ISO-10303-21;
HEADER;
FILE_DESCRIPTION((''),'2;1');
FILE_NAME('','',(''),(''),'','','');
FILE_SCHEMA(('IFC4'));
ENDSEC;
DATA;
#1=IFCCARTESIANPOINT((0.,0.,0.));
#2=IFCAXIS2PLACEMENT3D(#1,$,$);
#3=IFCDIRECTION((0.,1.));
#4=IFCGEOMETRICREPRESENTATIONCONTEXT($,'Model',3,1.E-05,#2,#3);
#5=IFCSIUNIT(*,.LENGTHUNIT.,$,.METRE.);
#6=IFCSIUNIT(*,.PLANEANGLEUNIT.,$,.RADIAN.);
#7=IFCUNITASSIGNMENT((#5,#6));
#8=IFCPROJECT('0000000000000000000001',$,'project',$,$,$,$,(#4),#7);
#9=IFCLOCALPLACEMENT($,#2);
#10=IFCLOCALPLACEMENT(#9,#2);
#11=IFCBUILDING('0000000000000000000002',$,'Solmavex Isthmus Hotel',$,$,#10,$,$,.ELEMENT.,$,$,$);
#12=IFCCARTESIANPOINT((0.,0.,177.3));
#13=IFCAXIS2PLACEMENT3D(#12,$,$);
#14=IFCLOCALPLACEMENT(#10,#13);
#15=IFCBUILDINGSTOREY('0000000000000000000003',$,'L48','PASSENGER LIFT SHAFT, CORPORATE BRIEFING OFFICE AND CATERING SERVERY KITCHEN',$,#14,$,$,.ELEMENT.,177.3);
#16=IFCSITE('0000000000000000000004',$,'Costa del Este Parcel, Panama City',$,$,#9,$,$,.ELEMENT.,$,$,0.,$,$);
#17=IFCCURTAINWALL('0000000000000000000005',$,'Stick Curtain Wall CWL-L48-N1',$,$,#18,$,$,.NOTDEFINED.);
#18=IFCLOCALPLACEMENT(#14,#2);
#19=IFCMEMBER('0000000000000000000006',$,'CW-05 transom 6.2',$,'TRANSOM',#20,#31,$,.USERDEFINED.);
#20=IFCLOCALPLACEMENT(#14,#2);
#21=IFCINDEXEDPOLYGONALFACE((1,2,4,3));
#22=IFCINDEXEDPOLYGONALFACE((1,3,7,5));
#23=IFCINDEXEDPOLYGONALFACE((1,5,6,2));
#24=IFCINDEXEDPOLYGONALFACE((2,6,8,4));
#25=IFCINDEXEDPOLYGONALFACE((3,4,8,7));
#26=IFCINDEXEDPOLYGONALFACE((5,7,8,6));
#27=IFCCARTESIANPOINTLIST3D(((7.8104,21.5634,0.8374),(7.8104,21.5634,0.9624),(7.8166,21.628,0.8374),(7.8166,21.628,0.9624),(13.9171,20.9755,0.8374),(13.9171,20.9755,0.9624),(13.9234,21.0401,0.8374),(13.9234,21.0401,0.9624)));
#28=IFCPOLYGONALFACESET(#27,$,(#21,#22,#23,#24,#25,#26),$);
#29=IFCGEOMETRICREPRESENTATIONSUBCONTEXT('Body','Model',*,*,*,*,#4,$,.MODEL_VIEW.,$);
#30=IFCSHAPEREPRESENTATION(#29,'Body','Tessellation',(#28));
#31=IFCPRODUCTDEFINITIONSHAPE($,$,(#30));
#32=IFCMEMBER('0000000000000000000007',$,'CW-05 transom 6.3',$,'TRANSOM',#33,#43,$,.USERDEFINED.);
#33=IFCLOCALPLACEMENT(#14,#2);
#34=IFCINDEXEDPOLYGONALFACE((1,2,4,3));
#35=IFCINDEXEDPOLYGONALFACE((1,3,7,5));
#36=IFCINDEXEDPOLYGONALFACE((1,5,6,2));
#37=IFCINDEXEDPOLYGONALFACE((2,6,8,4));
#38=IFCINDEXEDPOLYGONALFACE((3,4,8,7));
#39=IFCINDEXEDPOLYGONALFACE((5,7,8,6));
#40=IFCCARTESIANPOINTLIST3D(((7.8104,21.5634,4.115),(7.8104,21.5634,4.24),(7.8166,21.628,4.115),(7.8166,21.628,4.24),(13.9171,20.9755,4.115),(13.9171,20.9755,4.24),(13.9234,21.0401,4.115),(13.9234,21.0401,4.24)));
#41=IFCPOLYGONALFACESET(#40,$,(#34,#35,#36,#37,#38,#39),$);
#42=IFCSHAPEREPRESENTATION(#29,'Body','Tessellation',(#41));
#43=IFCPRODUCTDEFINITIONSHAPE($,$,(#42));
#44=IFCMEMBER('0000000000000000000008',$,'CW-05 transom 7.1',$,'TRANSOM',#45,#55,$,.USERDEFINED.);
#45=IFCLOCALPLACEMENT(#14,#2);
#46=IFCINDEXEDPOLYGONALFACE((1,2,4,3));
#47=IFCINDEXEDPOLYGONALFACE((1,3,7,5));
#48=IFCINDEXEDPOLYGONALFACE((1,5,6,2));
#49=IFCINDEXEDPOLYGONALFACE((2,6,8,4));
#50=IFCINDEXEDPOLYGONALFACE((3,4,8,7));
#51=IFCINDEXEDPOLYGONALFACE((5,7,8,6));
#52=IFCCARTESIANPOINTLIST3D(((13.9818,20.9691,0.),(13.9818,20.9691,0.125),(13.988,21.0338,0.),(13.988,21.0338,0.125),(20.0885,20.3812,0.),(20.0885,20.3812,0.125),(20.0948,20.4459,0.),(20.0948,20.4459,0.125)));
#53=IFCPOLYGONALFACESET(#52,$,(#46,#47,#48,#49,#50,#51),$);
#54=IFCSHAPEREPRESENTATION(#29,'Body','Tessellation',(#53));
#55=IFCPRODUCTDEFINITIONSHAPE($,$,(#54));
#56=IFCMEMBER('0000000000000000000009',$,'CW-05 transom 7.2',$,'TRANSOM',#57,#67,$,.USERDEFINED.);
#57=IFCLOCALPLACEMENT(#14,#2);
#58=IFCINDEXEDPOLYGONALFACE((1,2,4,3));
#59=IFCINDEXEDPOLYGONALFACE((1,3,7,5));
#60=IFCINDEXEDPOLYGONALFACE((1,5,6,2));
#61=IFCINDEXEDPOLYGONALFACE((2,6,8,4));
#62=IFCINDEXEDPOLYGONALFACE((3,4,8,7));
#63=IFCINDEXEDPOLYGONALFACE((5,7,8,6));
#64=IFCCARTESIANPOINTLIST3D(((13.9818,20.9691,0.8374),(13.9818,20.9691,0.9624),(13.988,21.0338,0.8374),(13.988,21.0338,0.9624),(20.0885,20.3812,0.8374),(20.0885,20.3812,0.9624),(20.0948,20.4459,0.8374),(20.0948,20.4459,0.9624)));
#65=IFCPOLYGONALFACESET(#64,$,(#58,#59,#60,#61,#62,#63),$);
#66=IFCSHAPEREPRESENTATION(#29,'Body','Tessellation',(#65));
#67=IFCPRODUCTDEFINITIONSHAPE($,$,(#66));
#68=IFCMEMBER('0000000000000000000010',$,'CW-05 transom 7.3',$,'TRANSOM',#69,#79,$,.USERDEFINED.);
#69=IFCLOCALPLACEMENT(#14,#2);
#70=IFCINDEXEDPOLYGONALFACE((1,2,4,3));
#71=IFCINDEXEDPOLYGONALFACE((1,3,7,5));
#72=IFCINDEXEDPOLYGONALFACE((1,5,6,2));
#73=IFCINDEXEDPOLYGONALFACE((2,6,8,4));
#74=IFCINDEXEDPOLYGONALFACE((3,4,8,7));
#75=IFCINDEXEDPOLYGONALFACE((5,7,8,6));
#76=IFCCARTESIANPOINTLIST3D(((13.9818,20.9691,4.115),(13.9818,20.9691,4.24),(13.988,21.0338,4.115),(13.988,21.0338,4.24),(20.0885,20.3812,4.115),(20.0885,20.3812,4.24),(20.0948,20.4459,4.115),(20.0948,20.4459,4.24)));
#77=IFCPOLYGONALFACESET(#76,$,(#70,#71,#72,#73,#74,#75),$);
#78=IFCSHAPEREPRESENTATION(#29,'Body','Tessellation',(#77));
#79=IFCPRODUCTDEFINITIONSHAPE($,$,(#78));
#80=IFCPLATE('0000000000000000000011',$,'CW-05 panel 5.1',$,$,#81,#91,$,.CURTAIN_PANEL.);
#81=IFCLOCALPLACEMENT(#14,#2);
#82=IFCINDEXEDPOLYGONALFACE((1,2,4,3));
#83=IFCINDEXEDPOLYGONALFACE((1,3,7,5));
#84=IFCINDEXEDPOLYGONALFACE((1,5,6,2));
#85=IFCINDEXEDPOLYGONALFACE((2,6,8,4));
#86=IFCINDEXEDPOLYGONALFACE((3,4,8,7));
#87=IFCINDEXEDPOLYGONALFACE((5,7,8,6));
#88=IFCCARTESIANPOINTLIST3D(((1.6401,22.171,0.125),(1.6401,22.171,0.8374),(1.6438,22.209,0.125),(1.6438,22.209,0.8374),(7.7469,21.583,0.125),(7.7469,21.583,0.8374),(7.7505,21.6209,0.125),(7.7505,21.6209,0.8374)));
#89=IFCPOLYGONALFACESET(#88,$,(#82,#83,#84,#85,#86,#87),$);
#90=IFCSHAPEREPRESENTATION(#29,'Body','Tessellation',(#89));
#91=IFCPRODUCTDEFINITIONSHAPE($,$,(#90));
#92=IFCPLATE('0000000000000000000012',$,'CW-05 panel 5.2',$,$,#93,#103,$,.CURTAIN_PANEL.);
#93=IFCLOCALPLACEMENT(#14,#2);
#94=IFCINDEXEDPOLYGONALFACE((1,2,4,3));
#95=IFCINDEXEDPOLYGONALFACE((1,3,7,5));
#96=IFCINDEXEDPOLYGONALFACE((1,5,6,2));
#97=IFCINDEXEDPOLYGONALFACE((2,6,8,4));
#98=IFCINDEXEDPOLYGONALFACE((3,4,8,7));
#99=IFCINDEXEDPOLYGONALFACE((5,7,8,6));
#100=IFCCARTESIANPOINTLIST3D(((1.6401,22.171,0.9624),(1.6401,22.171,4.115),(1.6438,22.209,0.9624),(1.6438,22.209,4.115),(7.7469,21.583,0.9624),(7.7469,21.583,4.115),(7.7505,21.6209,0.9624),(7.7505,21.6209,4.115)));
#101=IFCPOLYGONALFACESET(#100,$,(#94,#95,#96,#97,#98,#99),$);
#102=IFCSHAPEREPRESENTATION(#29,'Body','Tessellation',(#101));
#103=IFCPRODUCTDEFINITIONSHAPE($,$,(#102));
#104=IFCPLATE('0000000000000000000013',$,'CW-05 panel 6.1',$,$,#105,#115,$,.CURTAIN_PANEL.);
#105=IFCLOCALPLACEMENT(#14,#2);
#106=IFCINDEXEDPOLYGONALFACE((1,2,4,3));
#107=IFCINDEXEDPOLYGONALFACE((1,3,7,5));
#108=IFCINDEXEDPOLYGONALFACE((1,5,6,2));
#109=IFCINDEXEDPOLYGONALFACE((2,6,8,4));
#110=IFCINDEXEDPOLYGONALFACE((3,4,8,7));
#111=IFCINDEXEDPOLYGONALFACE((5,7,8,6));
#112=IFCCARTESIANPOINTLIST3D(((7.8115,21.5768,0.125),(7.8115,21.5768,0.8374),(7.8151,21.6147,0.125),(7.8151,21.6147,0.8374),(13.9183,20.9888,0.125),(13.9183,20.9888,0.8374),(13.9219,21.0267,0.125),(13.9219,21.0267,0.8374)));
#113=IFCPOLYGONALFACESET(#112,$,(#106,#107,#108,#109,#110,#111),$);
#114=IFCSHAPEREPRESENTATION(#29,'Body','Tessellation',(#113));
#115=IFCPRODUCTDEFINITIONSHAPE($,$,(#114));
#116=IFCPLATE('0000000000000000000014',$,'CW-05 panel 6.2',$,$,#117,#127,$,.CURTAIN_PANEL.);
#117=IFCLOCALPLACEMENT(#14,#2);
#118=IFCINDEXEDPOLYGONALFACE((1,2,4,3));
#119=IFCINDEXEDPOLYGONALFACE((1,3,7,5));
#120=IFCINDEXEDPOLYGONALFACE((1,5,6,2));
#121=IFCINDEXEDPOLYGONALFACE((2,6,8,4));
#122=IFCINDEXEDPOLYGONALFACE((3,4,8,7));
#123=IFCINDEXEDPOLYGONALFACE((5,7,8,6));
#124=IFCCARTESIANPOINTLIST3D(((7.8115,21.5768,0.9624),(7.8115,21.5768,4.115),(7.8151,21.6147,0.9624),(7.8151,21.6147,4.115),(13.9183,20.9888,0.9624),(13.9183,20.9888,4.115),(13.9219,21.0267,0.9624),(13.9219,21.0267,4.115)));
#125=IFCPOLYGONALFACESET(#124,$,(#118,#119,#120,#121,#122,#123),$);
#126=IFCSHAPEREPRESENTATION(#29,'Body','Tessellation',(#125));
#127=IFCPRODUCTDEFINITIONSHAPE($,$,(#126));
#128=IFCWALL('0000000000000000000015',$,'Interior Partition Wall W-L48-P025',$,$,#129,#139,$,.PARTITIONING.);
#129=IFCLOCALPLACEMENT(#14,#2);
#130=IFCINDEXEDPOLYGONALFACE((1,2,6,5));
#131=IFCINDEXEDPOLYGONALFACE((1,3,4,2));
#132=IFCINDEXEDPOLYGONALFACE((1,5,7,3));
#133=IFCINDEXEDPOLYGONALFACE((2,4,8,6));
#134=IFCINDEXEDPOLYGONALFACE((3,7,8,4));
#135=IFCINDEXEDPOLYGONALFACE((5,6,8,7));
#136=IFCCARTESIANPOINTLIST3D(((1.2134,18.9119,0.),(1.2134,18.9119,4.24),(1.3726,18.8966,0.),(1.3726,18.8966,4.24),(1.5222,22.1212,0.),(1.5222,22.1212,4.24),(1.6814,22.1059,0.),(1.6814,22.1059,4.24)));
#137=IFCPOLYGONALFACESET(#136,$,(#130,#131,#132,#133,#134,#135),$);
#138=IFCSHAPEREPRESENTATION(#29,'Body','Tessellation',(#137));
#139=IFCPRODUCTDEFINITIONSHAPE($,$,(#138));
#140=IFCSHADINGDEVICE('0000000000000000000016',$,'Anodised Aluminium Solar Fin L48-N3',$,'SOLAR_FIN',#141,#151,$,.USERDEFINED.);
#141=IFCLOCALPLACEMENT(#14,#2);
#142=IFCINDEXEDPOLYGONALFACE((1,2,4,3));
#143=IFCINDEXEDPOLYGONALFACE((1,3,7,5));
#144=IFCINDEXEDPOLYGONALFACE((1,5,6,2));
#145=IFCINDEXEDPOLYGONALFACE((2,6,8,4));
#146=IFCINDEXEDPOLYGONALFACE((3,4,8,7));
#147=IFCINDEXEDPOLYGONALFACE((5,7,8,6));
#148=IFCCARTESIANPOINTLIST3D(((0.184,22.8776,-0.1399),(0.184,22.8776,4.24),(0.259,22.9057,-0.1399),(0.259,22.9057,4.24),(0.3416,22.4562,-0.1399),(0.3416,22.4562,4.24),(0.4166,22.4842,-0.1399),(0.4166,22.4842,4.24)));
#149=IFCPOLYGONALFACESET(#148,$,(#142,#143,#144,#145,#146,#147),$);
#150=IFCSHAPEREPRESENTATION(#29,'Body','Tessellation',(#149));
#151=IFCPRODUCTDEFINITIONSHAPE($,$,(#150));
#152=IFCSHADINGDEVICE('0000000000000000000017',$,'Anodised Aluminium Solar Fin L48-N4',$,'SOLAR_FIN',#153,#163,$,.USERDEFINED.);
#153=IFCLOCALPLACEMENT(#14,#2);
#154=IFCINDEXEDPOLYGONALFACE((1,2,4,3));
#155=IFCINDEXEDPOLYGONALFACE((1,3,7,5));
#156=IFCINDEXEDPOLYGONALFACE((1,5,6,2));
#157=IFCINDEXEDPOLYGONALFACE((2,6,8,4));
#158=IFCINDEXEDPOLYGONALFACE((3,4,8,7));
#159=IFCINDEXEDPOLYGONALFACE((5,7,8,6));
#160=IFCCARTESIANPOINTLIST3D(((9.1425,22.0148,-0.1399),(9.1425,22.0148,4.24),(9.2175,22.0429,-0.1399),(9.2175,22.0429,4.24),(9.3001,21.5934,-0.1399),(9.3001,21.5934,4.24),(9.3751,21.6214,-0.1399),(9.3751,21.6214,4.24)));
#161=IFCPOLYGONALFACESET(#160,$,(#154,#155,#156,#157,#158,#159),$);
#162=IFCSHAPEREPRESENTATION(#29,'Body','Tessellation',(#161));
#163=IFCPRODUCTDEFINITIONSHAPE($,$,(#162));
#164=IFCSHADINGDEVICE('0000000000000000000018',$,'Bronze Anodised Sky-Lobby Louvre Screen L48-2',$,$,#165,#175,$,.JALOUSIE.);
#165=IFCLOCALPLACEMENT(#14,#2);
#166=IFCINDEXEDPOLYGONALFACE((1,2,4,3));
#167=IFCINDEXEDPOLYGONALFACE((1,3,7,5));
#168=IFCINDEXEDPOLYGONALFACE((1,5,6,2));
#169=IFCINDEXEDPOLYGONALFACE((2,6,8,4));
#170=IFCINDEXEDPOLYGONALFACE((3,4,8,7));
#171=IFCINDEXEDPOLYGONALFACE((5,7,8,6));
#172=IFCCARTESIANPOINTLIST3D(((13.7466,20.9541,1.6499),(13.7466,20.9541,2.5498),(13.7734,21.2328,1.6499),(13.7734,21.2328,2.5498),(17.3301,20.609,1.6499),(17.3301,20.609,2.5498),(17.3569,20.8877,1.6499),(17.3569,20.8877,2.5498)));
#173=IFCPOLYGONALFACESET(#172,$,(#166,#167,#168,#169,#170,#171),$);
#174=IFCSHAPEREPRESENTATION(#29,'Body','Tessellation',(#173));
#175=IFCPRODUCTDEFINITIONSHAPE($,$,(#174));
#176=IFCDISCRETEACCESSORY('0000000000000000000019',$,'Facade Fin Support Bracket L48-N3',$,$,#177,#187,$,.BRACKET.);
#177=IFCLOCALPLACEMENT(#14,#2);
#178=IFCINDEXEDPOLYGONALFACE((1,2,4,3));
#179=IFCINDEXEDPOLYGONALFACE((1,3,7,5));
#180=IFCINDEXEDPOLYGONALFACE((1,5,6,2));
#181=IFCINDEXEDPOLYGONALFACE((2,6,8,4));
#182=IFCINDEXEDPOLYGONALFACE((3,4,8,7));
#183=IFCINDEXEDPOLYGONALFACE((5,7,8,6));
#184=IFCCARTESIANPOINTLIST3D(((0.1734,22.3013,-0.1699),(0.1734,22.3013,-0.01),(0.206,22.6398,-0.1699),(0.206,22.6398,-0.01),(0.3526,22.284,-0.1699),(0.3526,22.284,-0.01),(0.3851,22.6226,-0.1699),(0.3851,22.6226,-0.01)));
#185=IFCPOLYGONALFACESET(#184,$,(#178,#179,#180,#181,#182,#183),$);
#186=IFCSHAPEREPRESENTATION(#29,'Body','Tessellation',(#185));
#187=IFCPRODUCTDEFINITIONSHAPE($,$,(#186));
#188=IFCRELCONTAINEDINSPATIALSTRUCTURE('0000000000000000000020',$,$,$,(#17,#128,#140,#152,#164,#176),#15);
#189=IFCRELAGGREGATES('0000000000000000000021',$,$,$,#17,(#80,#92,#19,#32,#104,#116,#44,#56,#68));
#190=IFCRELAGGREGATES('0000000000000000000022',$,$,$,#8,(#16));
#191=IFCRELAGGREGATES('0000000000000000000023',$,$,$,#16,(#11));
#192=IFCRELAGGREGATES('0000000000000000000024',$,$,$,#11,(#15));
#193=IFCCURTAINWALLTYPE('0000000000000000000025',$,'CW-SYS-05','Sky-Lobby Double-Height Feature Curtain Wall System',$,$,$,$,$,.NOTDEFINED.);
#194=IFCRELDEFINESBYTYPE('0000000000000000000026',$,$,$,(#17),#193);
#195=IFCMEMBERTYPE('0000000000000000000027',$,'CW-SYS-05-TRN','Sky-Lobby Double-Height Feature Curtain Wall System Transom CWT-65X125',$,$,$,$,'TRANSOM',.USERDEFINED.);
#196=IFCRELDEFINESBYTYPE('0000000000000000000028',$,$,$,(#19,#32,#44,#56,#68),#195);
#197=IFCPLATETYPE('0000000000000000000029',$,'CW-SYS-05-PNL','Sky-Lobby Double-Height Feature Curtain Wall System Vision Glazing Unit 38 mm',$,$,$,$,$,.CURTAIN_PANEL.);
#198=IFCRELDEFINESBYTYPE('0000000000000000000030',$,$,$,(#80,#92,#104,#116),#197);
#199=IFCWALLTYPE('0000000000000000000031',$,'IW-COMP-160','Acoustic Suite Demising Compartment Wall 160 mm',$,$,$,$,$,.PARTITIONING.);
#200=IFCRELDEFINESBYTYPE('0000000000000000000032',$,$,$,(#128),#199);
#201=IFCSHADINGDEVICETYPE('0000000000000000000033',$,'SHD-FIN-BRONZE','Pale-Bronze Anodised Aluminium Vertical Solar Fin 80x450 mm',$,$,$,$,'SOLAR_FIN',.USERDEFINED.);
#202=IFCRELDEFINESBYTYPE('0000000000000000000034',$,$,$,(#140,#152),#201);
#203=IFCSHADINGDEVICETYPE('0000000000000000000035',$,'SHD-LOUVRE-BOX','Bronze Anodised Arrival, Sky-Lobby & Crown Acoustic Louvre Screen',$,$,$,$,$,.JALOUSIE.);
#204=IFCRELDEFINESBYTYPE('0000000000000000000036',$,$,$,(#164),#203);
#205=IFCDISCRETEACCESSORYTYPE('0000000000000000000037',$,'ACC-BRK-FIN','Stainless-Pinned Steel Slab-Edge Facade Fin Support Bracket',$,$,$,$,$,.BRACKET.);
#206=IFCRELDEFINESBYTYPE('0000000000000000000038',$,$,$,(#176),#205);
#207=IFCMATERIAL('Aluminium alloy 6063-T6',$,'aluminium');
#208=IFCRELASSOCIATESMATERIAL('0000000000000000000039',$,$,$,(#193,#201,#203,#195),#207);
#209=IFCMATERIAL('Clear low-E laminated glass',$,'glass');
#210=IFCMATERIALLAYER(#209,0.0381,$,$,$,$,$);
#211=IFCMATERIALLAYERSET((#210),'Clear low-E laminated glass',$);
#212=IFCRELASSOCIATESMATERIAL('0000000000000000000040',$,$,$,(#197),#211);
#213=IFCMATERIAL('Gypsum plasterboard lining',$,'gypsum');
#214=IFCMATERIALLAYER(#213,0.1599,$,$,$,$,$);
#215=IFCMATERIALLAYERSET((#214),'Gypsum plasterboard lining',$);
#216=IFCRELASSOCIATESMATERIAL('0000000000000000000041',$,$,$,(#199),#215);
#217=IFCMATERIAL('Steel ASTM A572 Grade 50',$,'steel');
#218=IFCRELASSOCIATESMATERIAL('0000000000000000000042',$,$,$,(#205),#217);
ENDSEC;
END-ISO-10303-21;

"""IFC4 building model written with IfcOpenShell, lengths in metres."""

from ifc_helpers import new_model, si_unit, direction, frame, frame_2d, origin, origin_2d, place, context, subcontext, project, spatial, rectangle, extrude, material, layer, layer_set, material_profile, profile_set, type_object, element, aggregate, save


model = new_model("IFC4")

# Units and contexts
model_context = context("Model", 3, precision=1e-05, world=origin(), true_north=direction((0.0, 1.0)))
body_context = subcontext(model_context, "Body", "Model", "MODEL_VIEW")
ifc_project = project(units=[si_unit("LENGTHUNIT", "METRE"), si_unit("PLANEANGLEUNIT", "RADIAN")], contexts=[model_context])

# Site, building, storey
site_placement = place(None, origin())
site = spatial("IfcSite", under=ifc_project, at=site_placement, Name="Costa del Este Parcel, Panama City", CompositionType="ELEMENT", RefElevation=0.0)
building_placement = place(site_placement, origin())
building = spatial("IfcBuilding", under=site, at=building_placement, Name="Solmavex Isthmus Hotel", CompositionType="ELEMENT")
storey_placement = place(building_placement, frame((0.0, 0.0, 177.3)))
storey = spatial("IfcBuildingStorey", under=building, at=storey_placement, Name="L48", Description="PASSENGER LIFT SHAFT, CORPORATE BRIEFING OFFICE AND CATERING SERVERY KITCHEN", CompositionType="ELEMENT", Elevation=177.3)

# Curtain wall, members, plates
ifc_material_1 = material(Name="Aluminium alloy 6063-T6", Category="aluminium")
curtain_wall_type = type_object("IfcCurtainWallType", Name="CW-SYS-05", Description="Sky-Lobby Double-Height Feature Curtain Wall System", PredefinedType="NOTDEFINED", material=ifc_material_1)
curtain_wall_placement = place(storey_placement, origin())
curtain_wall = element("IfcCurtainWall", 1, at=curtain_wall_placement, inside=storey, type_object=curtain_wall_type, Name="Stick Curtain Wall CWL-L48-N1", PredefinedType="NOTDEFINED")
ifc_material_profile_1 = material_profile(ifc_material_1, rectangle(XDim=0.0649, YDim=0.125, at=origin_2d()), Name="CWT-65X125")
ifc_profile_set_1 = profile_set([ifc_material_profile_1], Name="Aluminium alloy 6063-T6")
member_type_1 = type_object("IfcMemberType", Name="CW-SYS-05-TRN", Description="Sky-Lobby Double-Height Feature Curtain Wall System Transom CWT-65X125", ElementType="TRANSOM", PredefinedType="USERDEFINED", material=ifc_profile_set_1)
member_1_placement = place(storey_placement, frame((7.8135, 21.5957, 0.8999), z_axis=(0.995398, -0.095827, 0.0), x_axis=(0.095827, 0.995398, 0.0)))
member_1 = element("IfcMember", 2, at=member_1_placement, type_object=member_type_1, Name="CW-05 transom 6.2", ObjectType="TRANSOM", PredefinedType="USERDEFINED", context=body_context, shape_type="SweptSolid", body=[
    extrude(rectangle(XDim=0.0649, YDim=0.125, at=origin_2d()), origin(), (0.0, 0.0, 1.0), 6.135),
])
member_2_placement = place(storey_placement, frame((7.8135, 21.5957, 4.1775), z_axis=(0.995398, -0.095827, 0.0), x_axis=(0.095827, 0.995398, 0.0)))
member_2 = element("IfcMember", 3, at=member_2_placement, type_object=member_type_1, Name="CW-05 transom 6.3", ObjectType="TRANSOM", PredefinedType="USERDEFINED", context=body_context, shape_type="SweptSolid", body=[
    extrude(rectangle(XDim=0.0649, YDim=0.125, at=origin_2d()), origin(), (0.0, 0.0, 1.0), 6.135),
])
member_3_placement = place(storey_placement, frame((13.9849, 21.0015, 0.0625), z_axis=(0.995398, -0.095827, 0.0), x_axis=(0.095827, 0.995398, 0.0)))
member_3 = element("IfcMember", 4, at=member_3_placement, type_object=member_type_1, Name="CW-05 transom 7.1", ObjectType="TRANSOM", PredefinedType="USERDEFINED", context=body_context, shape_type="SweptSolid", body=[
    extrude(rectangle(XDim=0.0649, YDim=0.125, at=origin_2d()), origin(), (0.0, 0.0, 1.0), 6.135),
])
member_4_placement = place(storey_placement, frame((13.9849, 21.0015, 0.8999), z_axis=(0.995398, -0.095827, 0.0), x_axis=(0.095827, 0.995398, 0.0)))
member_4 = element("IfcMember", 5, at=member_4_placement, type_object=member_type_1, Name="CW-05 transom 7.2", ObjectType="TRANSOM", PredefinedType="USERDEFINED", context=body_context, shape_type="SweptSolid", body=[
    extrude(rectangle(XDim=0.0649, YDim=0.125, at=origin_2d()), origin(), (0.0, 0.0, 1.0), 6.135),
])
member_5_placement = place(storey_placement, frame((13.9849, 21.0015, 4.1775), z_axis=(0.995398, -0.095827, 0.0), x_axis=(0.095827, 0.995398, 0.0)))
member_5 = element("IfcMember", 6, at=member_5_placement, type_object=member_type_1, Name="CW-05 transom 7.3", ObjectType="TRANSOM", PredefinedType="USERDEFINED", context=body_context, shape_type="SweptSolid", body=[
    extrude(rectangle(XDim=0.0649, YDim=0.125, at=origin_2d()), origin(), (0.0, 0.0, 1.0), 6.135),
])
ifc_material_2 = material(Name="Clear low-E laminated glass", Category="glass")
ifc_layer_1 = layer(ifc_material_2, 0.0381)
ifc_layer_set_1 = layer_set([ifc_layer_1], Name="Clear low-E laminated glass")
plate_type = type_object("IfcPlateType", Name="CW-SYS-05-PNL", Description="Sky-Lobby Double-Height Feature Curtain Wall System Vision Glazing Unit 38 mm", PredefinedType="CURTAIN_PANEL", material=ifc_layer_set_1)
plate_1_placement = place(storey_placement, frame((4.6953, 21.896, 0.125), z_axis=(0.0, 0.0, 1.0), x_axis=(0.995396, -0.095846, 0.0)))
plate_1 = element("IfcPlate", 7, at=plate_1_placement, type_object=plate_type, Name="CW-05 panel 5.1", PredefinedType="CURTAIN_PANEL", context=body_context, shape_type="SweptSolid", body=[
    extrude(rectangle(XDim=6.135, YDim=0.0381, at=origin_2d()), origin(), (0.0, 0.0, 1.0), 0.7124),
])
plate_2_placement = place(storey_placement, frame((4.6953, 21.896, 0.9624), z_axis=(0.0, 0.0, 1.0), x_axis=(0.995396, -0.095846, 0.0)))
plate_2 = element("IfcPlate", 8, at=plate_2_placement, type_object=plate_type, Name="CW-05 panel 5.2", PredefinedType="CURTAIN_PANEL", context=body_context, shape_type="SweptSolid", body=[
    extrude(rectangle(XDim=6.135, YDim=0.0381, at=origin_2d()), origin(), (0.0, 0.0, 1.0), 3.1526),
])
plate_3_placement = place(storey_placement, frame((10.8667, 21.3018, 0.125), z_axis=(0.0, 0.0, 1.0), x_axis=(0.995396, -0.095846, 0.0)))
plate_3 = element("IfcPlate", 9, at=plate_3_placement, type_object=plate_type, Name="CW-05 panel 6.1", PredefinedType="CURTAIN_PANEL", context=body_context, shape_type="SweptSolid", body=[
    extrude(rectangle(XDim=6.135, YDim=0.0381, at=origin_2d()), origin(), (0.0, 0.0, 1.0), 0.7124),
])
plate_4_placement = place(storey_placement, frame((10.8667, 21.3018, 0.9624), z_axis=(0.0, 0.0, 1.0), x_axis=(0.995396, -0.095846, 0.0)))
plate_4 = element("IfcPlate", 10, at=plate_4_placement, type_object=plate_type, Name="CW-05 panel 6.2", PredefinedType="CURTAIN_PANEL", context=body_context, shape_type="SweptSolid", body=[
    extrude(rectangle(XDim=6.135, YDim=0.0381, at=origin_2d()), origin(), (0.0, 0.0, 1.0), 3.1526),
])
aggregate(curtain_wall, [plate_1, plate_2, member_1, member_2, plate_3, plate_4, member_3, member_4, member_5])

# Wall
ifc_material_3 = material(Name="Gypsum plasterboard lining", Category="gypsum")
ifc_layer_2 = layer(ifc_material_3, 0.1599)
ifc_layer_set_2 = layer_set([ifc_layer_2], Name="Gypsum plasterboard lining")
wall_type = type_object("IfcWallType", Name="IW-COMP-160", Description="Acoustic Suite Demising Compartment Wall 160 mm", PredefinedType="PARTITIONING", material=ifc_layer_set_2)
wall_placement = place(storey_placement, frame((1.6018, 22.1135, 0.0), z_axis=(0.0, 0.0, 1.0), x_axis=(-0.095792, -0.995401, 0.0)))
element("IfcWall", 11, at=wall_placement, inside=storey, type_object=wall_type, Name="Interior Partition Wall W-L48-P025", PredefinedType="PARTITIONING", context=body_context, shape_type="SweptSolid", body=[
    extrude(rectangle(XDim=3.2241, YDim=0.1599, at=frame_2d((1.6121, 0.0))), origin(), (0.0, 0.0, 1.0), 4.24),
])

# Shading devices
shading_device_type_1 = type_object("IfcShadingDeviceType", Name="SHD-FIN-BRONZE", Description="Pale-Bronze Anodised Aluminium Vertical Solar Fin 80x450 mm", ElementType="SOLAR_FIN", PredefinedType="USERDEFINED", material=ifc_material_1)
for number, where, z_axis, x_axis, name in (
    (12, (0.3003, 22.6809, -0.1399), (0.0, 0.0, 1.0), (-0.350207, 0.936672, 0.0), "Anodised Aluminium Solar Fin L48-N3"),
    (13, (9.2588, 21.8181, -0.1399), (0.0, 0.0, 1.0), (-0.350207, 0.936672, 0.0), "Anodised Aluminium Solar Fin L48-N4"),
):
    element("IfcShadingDevice", number, at=place(storey_placement, frame(where, z_axis=z_axis, x_axis=x_axis)), inside=storey, type_object=shading_device_type_1, Name=name, ObjectType="SOLAR_FIN", PredefinedType="USERDEFINED", context=body_context, shape_type="SweptSolid", body=[
        extrude(rectangle(XDim=0.45, YDim=0.0801, at=origin_2d()), origin(), (0.0, 0.0, 1.0), 4.3799),
    ])
shading_device_type_2 = type_object("IfcShadingDeviceType", Name="SHD-LOUVRE-BOX", Description="Bronze Anodised Arrival, Sky-Lobby & Crown Acoustic Louvre Screen", PredefinedType="JALOUSIE", material=ifc_material_1)
shading_device_placement = place(storey_placement, frame((15.5518, 20.9209, 1.6499), z_axis=(0.0, 0.0, 1.0), x_axis=(0.995396, -0.095846, 0.0)))
element("IfcShadingDevice", 14, at=shading_device_placement, inside=storey, type_object=shading_device_type_2, Name="Bronze Anodised Sky-Lobby Louvre Screen L48-2", PredefinedType="JALOUSIE", context=body_context, shape_type="SweptSolid", body=[
    extrude(rectangle(XDim=3.6001, YDim=0.28, at=origin_2d()), origin(), (0.0, 0.0, 1.0), 0.8999),
])

# Discrete accessory
ifc_material_4 = material(Name="Steel ASTM A572 Grade 50", Category="steel")
discrete_accessory_type = type_object("IfcDiscreteAccessoryType", Name="ACC-BRK-FIN", Description="Stainless-Pinned Steel Slab-Edge Facade Fin Support Bracket", PredefinedType="BRACKET", material=ifc_material_4)
for number, where, z_axis, x_axis, name in (
    (15, (0.2793, 22.4619, -0.1699), (0.0, 0.0, 1.0), (0.095846, 0.995396, 0.0), "Facade Fin Support Bracket L48-N3"),
):
    element("IfcDiscreteAccessory", number, at=place(storey_placement, frame(where, z_axis=z_axis, x_axis=x_axis)), inside=storey, type_object=discrete_accessory_type, Name=name, PredefinedType="BRACKET", context=body_context, shape_type="SweptSolid", body=[
        extrude(rectangle(XDim=0.3401, YDim=0.1799, at=origin_2d()), origin(), (0.0, 0.0, 1.0), 0.1599),
    ])

save(model, "model.ifc")
